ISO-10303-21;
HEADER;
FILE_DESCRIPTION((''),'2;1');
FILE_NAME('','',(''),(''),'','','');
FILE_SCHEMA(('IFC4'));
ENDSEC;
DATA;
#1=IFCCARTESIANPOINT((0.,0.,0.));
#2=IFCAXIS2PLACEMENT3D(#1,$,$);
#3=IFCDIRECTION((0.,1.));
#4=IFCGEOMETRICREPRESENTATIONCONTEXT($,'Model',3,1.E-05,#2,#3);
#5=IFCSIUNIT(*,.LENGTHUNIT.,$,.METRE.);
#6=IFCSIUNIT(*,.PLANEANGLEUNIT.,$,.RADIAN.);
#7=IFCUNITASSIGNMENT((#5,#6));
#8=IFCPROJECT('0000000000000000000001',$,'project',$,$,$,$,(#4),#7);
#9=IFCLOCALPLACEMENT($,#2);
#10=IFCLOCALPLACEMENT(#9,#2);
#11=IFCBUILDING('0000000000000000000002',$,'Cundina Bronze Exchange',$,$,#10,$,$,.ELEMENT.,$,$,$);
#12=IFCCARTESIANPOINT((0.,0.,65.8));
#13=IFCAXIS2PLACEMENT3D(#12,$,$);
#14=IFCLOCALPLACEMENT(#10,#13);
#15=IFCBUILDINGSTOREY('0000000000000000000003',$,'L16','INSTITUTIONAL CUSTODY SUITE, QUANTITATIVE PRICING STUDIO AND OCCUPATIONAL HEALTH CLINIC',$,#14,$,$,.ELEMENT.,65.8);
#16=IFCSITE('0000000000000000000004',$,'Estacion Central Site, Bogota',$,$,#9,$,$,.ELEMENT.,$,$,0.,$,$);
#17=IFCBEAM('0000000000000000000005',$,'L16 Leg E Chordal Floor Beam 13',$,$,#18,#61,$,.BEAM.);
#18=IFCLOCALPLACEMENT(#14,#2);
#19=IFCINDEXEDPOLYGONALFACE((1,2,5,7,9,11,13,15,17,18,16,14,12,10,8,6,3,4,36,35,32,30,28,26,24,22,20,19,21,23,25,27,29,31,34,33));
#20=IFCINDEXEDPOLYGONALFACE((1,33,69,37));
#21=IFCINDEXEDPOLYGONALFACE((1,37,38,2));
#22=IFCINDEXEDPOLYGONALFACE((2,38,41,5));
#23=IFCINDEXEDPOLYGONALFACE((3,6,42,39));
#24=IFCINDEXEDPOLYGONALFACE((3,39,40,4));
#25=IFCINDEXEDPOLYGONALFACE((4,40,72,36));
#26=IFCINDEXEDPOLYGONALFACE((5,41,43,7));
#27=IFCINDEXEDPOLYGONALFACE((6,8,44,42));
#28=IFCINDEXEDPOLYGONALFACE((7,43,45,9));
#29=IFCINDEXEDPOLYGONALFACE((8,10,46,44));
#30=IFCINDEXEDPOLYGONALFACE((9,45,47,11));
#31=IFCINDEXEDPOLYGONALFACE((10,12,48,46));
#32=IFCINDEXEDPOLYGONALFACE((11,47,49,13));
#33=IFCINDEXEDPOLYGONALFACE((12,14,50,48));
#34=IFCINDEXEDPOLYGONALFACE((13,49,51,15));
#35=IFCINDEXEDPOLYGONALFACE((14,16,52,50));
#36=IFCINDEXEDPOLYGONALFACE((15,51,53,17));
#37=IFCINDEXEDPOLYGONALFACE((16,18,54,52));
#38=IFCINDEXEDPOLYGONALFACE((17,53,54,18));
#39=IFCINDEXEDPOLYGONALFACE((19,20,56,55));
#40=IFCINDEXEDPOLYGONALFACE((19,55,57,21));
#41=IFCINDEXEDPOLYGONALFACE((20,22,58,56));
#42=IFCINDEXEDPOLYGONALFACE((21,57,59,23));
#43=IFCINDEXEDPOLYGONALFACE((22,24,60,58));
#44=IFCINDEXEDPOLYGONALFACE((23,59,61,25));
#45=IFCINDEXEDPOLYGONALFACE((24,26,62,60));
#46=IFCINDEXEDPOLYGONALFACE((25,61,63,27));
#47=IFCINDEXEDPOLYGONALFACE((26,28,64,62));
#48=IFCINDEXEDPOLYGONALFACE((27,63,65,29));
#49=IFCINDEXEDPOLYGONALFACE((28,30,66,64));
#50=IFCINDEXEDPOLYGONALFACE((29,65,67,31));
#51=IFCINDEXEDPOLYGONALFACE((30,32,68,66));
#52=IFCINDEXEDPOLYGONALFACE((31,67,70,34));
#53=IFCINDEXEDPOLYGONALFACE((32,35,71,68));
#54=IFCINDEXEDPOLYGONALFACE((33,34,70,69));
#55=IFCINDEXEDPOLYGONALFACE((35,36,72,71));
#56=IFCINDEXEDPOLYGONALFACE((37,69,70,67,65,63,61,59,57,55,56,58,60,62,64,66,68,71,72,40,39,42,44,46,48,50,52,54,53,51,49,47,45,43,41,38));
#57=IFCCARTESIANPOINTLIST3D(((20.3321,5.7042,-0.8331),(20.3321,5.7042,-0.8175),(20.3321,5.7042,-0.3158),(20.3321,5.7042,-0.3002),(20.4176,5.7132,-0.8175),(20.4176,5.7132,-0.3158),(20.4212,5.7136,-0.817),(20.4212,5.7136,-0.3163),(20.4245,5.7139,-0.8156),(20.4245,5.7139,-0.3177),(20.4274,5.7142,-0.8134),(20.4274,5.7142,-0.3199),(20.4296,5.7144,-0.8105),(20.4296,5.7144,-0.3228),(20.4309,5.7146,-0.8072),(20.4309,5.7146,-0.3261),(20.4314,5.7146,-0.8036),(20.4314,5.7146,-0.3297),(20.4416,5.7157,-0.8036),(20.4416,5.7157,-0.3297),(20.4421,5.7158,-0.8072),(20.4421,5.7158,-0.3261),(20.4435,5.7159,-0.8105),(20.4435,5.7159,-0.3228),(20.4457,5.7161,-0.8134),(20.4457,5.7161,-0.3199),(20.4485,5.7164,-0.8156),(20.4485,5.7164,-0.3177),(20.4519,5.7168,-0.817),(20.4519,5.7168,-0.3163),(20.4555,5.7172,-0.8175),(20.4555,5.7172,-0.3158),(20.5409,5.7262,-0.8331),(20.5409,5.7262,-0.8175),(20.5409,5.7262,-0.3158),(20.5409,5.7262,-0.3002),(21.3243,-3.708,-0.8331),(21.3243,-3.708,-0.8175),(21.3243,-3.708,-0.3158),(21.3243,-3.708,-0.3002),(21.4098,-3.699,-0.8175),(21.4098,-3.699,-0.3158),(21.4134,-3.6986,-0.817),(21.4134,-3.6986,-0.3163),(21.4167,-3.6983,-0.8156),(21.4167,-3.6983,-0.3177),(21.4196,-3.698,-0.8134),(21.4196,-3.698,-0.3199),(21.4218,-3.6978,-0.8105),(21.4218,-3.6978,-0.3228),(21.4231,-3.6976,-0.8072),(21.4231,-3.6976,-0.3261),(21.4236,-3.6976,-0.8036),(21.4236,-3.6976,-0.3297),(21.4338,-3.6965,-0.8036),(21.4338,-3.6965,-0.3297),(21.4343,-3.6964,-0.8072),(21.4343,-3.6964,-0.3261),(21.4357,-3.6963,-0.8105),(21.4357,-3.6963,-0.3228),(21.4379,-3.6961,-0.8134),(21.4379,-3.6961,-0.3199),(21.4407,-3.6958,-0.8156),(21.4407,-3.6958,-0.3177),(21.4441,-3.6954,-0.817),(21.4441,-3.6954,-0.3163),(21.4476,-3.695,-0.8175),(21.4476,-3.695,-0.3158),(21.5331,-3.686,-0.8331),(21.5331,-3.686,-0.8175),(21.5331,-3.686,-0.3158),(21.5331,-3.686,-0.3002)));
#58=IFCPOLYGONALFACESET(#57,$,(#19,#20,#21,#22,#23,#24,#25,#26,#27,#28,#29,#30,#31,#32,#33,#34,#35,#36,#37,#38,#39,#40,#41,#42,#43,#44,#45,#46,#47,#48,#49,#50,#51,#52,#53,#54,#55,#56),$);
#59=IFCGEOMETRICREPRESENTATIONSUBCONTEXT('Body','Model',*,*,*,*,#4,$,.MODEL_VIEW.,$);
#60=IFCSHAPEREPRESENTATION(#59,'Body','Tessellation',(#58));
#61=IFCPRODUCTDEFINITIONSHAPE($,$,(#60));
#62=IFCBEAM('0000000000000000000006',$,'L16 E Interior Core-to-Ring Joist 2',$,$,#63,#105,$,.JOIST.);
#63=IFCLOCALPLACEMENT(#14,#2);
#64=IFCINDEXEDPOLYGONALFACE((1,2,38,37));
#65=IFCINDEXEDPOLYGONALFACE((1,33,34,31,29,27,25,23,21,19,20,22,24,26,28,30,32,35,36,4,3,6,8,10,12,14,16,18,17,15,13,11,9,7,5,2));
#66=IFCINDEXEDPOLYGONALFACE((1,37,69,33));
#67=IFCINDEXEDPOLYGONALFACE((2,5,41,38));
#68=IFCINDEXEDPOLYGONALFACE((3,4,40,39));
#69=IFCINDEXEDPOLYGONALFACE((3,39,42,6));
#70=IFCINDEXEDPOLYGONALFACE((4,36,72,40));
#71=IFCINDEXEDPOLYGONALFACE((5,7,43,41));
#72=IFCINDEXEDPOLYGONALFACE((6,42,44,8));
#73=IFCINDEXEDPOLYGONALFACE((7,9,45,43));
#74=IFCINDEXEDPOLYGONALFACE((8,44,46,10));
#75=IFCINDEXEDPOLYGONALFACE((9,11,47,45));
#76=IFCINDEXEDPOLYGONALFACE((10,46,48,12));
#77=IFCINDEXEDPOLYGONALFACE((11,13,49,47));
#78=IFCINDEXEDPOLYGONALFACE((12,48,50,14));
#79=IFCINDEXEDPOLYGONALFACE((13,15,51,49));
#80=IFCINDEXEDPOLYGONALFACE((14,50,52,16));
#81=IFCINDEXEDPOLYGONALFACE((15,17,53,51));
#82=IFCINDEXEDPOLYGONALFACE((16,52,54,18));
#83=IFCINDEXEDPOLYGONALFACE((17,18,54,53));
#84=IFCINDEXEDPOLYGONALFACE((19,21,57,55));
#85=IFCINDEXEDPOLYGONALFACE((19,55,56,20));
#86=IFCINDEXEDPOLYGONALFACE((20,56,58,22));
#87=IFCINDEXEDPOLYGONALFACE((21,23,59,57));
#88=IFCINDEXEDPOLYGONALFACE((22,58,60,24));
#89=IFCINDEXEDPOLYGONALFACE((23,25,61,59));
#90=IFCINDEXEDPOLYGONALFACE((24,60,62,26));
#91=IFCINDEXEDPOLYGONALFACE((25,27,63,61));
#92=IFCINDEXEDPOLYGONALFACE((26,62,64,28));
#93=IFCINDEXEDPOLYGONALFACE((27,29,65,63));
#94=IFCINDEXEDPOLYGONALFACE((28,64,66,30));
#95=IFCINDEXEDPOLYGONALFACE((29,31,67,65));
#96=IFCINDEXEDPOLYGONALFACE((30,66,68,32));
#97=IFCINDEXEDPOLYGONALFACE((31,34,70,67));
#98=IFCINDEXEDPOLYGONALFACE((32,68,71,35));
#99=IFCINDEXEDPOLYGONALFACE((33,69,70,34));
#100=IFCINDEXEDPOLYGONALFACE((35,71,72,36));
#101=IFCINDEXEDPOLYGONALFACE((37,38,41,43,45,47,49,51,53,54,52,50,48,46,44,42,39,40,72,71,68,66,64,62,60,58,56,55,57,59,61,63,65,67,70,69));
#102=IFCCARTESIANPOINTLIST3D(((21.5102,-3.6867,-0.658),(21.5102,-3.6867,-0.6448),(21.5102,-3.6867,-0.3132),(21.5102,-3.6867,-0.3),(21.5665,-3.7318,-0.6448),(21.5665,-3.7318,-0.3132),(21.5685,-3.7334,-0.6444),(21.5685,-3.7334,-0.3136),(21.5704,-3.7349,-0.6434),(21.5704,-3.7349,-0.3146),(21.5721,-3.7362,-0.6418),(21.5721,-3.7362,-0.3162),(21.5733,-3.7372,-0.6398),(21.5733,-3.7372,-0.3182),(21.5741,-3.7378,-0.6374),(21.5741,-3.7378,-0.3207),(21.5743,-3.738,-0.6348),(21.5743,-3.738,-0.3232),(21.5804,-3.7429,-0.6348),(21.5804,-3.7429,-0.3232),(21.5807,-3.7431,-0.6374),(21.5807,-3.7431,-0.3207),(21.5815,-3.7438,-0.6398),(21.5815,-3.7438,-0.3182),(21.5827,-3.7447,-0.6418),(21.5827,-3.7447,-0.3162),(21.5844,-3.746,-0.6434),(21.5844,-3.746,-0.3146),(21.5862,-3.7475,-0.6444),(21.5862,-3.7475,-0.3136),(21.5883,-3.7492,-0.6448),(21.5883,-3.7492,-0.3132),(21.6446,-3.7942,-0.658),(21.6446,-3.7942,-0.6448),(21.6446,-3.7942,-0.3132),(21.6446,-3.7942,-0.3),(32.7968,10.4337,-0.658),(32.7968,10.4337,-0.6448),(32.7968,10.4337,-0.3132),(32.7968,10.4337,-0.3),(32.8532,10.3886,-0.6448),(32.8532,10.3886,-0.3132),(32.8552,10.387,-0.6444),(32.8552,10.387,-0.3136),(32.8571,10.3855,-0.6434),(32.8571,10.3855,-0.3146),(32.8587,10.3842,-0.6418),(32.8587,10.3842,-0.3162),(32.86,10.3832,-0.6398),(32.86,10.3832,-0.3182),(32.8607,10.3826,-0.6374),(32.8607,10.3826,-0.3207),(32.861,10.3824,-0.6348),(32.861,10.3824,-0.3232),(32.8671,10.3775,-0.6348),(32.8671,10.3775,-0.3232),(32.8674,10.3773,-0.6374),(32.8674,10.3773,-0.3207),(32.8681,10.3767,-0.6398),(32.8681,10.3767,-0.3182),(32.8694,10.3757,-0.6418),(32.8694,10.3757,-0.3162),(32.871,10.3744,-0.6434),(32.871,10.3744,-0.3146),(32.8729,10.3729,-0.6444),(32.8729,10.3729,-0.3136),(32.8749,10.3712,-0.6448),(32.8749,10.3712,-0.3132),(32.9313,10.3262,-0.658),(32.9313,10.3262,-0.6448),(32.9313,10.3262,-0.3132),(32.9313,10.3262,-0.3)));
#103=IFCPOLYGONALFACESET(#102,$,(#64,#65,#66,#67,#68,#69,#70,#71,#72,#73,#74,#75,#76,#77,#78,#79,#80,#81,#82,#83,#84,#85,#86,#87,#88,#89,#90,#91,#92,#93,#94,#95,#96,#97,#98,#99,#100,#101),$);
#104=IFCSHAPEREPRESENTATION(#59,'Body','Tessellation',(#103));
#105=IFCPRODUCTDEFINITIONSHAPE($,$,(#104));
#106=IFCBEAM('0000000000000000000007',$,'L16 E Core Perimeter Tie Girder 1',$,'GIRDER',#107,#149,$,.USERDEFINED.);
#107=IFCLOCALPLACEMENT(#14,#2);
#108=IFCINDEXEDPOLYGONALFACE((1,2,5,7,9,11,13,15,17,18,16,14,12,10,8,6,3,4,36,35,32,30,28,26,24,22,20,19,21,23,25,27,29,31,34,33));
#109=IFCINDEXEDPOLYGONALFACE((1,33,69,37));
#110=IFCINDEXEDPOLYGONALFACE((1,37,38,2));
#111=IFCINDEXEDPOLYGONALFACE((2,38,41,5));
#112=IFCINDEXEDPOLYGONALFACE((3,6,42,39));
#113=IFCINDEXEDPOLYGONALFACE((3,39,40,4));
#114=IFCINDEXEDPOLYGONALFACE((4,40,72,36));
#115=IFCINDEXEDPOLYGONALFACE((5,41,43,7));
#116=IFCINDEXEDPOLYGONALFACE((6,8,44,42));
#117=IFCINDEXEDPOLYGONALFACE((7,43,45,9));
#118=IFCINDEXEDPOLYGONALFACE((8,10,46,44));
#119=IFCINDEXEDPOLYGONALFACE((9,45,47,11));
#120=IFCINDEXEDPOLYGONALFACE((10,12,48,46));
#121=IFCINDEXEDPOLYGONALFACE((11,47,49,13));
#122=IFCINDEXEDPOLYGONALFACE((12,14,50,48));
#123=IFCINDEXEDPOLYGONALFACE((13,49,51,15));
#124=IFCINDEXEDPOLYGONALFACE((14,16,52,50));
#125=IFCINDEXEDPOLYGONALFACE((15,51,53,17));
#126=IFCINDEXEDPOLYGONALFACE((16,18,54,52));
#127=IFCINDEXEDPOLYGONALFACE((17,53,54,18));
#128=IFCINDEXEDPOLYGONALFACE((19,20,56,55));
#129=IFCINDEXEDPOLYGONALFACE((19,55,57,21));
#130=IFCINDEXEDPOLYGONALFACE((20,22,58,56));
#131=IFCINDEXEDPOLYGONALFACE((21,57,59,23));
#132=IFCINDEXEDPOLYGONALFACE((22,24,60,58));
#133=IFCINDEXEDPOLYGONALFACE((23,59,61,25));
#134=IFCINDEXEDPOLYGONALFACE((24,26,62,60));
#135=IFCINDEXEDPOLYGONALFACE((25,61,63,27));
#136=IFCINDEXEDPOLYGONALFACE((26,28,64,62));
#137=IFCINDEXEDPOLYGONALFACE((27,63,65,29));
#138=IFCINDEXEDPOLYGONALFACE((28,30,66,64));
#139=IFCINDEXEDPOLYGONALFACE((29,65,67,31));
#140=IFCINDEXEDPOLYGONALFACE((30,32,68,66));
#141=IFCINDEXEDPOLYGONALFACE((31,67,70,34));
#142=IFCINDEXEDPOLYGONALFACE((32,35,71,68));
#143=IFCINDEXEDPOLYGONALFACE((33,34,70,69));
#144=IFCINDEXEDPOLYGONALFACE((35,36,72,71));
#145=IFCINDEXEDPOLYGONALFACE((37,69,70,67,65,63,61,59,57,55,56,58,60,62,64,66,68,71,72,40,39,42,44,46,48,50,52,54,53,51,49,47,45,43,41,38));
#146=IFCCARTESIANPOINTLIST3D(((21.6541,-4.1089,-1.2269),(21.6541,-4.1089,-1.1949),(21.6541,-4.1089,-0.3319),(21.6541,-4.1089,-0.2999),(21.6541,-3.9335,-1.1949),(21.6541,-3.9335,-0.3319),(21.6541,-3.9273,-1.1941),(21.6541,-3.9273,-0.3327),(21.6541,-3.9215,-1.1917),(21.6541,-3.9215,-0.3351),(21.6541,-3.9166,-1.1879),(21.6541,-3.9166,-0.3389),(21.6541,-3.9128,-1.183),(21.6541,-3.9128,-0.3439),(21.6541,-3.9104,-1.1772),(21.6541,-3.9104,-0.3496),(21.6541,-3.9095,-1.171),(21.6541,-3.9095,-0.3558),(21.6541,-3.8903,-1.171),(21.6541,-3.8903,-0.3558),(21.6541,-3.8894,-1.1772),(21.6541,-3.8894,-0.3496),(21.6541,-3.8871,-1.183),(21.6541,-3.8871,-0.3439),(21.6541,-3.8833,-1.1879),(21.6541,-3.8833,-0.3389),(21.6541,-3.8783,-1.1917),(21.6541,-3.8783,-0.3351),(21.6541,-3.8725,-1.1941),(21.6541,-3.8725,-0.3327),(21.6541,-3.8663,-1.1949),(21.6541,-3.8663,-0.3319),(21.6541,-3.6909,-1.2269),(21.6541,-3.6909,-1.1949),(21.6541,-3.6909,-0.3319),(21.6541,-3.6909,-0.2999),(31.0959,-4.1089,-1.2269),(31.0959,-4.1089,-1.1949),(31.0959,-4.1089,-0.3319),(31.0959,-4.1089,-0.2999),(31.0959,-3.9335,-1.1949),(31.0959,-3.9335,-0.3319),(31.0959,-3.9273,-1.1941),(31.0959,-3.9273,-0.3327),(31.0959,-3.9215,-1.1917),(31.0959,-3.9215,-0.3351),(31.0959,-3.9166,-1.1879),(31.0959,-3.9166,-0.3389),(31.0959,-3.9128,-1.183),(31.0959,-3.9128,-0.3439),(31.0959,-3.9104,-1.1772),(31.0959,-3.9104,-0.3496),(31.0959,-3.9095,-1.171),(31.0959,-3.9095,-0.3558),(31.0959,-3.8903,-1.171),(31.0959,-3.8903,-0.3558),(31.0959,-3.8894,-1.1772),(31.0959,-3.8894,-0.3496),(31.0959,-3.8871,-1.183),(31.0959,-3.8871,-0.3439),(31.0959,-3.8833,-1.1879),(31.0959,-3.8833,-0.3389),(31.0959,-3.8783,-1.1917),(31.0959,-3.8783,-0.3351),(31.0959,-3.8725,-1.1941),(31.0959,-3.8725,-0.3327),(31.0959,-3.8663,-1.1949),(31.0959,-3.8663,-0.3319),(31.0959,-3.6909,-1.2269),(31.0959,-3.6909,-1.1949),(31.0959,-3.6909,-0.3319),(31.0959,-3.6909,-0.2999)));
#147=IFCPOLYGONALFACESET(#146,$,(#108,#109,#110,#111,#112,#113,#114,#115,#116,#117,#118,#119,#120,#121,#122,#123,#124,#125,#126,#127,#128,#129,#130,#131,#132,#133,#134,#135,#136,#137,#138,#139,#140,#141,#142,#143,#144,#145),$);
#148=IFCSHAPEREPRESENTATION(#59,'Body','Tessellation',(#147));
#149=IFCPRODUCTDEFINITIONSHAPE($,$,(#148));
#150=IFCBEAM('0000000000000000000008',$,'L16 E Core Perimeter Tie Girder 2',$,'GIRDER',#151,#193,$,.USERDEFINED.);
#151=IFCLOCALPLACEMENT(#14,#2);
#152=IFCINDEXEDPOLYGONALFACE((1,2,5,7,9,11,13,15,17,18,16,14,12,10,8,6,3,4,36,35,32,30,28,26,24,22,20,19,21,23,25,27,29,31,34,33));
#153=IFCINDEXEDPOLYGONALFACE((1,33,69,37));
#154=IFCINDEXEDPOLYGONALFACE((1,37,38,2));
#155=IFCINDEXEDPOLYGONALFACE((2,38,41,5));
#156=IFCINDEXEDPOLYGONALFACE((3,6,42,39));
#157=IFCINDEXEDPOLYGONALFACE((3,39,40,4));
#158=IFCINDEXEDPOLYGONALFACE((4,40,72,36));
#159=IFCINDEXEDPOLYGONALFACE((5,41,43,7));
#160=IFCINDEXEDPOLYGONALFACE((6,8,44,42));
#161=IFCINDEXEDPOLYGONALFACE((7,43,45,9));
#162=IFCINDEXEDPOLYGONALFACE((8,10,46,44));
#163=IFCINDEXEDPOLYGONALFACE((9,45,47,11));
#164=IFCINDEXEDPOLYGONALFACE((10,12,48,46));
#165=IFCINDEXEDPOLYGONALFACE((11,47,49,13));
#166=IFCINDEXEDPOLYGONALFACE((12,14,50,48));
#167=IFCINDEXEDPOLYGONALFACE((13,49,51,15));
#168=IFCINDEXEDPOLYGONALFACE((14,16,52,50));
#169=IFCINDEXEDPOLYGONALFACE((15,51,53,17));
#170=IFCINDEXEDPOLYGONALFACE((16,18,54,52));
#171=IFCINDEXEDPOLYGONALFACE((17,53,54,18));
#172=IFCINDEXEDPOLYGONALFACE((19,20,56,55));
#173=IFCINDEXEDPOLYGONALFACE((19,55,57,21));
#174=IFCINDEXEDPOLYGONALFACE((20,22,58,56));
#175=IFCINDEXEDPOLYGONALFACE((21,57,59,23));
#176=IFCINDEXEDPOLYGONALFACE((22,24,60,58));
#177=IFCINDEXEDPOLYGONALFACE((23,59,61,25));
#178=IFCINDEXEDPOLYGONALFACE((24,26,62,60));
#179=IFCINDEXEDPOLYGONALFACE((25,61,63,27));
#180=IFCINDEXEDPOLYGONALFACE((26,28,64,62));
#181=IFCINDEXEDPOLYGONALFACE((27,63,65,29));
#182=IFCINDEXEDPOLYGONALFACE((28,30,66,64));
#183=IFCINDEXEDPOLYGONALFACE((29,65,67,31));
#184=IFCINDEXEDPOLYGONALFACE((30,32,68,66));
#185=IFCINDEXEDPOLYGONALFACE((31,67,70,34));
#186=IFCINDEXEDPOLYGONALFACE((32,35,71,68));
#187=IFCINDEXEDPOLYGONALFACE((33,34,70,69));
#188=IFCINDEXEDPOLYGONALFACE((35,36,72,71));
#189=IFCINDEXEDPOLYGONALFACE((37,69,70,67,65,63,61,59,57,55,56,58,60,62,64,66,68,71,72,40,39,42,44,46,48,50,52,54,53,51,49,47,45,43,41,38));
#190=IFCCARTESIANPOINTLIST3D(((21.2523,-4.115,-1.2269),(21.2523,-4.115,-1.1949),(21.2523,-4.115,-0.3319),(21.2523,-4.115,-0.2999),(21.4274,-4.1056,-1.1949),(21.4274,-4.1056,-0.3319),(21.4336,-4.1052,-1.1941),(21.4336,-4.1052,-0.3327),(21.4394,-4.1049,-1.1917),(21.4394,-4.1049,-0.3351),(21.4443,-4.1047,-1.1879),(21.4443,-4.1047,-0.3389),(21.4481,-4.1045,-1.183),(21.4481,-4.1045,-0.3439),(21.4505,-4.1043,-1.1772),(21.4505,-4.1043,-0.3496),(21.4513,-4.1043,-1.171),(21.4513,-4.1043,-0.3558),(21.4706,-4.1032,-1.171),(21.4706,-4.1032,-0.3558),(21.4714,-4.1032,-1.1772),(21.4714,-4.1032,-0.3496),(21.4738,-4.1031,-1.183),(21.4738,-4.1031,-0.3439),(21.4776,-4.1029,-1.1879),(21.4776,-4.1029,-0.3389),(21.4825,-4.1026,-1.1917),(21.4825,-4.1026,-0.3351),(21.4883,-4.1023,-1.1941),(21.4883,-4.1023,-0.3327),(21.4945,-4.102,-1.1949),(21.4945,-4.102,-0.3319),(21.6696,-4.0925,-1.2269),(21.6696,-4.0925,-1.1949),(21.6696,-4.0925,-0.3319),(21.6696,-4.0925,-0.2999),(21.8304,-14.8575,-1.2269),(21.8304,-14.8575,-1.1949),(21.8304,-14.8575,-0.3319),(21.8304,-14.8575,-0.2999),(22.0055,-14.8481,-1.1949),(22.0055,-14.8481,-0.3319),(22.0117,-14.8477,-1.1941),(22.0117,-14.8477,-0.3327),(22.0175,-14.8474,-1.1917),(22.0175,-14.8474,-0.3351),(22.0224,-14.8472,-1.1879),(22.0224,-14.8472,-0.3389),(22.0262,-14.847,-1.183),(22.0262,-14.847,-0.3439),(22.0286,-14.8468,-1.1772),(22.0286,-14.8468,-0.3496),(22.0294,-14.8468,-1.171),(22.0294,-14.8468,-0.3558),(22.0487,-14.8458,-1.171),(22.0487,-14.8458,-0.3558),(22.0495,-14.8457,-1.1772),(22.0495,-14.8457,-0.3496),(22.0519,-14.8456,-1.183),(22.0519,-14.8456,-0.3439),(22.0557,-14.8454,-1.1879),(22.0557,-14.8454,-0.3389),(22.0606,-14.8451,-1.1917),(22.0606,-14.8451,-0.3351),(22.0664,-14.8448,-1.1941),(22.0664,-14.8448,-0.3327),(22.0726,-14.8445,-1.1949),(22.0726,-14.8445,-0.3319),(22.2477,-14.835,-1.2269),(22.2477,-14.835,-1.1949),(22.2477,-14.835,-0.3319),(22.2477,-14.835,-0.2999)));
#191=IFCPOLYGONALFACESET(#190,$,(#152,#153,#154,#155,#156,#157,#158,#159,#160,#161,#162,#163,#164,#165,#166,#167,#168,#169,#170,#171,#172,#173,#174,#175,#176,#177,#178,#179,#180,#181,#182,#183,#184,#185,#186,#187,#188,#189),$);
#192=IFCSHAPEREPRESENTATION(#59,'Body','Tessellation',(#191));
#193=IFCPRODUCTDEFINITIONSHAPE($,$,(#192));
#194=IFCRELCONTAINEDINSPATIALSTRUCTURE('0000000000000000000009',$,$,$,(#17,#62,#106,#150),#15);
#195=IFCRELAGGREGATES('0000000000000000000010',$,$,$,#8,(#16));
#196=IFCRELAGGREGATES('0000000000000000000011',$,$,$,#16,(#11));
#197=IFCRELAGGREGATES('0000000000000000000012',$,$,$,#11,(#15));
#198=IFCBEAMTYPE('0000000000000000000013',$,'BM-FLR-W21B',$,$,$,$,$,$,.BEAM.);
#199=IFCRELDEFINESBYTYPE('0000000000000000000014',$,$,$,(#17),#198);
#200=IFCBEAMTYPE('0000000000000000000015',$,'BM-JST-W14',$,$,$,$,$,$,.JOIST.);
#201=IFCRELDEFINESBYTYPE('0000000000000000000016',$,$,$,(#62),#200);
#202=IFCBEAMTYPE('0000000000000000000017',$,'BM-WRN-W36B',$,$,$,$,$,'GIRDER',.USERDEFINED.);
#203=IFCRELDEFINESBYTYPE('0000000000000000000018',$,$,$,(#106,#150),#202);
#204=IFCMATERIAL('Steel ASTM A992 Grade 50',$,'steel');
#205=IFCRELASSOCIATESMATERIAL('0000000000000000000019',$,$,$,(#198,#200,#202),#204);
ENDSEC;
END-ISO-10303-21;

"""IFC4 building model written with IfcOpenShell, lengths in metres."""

from ifc_helpers import new_model, si_unit, direction, frame, origin, origin_2d, place, context, subcontext, project, spatial, i_section, extrude, material, material_profile, profile_set, type_object, element, save


model = new_model("IFC4")

# Units and contexts
model_context = context("Model", 3, precision=1e-05, world=origin(), true_north=direction((0.0, 1.0)))
body_context = subcontext(model_context, "Body", "Model", "MODEL_VIEW")
ifc_project = project(units=[si_unit("LENGTHUNIT", "METRE"), si_unit("PLANEANGLEUNIT", "RADIAN")], contexts=[model_context])

# Site, building, storey
site_placement = place(None, origin())
site = spatial("IfcSite", under=ifc_project, at=site_placement, Name="Estacion Central Site, Bogota", CompositionType="ELEMENT", RefElevation=0.0)
building_placement = place(site_placement, origin())
building = spatial("IfcBuilding", under=site, at=building_placement, Name="Cundina Bronze Exchange", CompositionType="ELEMENT")
storey_placement = place(building_placement, frame((0.0, 0.0, 65.8)))
storey = spatial("IfcBuildingStorey", under=building, at=storey_placement, Name="L16", Description="INSTITUTIONAL CUSTODY SUITE, QUANTITATIVE PRICING STUDIO AND OCCUPATIONAL HEALTH CLINIC", CompositionType="ELEMENT", Elevation=65.8)

# Shared definitions
ifc_material_1 = material(Name="Steel ASTM A992 Grade 50", Category="steel")

# Beams
ifc_material_profile_1 = material_profile(ifc_material_1, i_section(OverallWidth=0.21, OverallDepth=0.533, WebThickness=0.0103, FlangeThickness=0.0156, FilletRadius=0.0139, at=origin_2d()), Name="W21X62", Category="steel")
ifc_profile_set_1 = profile_set([ifc_material_profile_1], Name="Steel ASTM A992 Grade 50")
beam_type_1 = type_object("IfcBeamType", Name="BM-FLR-W21B", PredefinedType="BEAM", material=ifc_profile_set_1)
beam_1_placement = place(storey_placement, frame((21.4287, -3.697, -0.5667), z_axis=(-0.104835, 0.99449, 0.0), x_axis=(-0.99449, -0.104835, 0.0)))
element("IfcBeam", 1, at=beam_1_placement, inside=storey, type_object=beam_type_1, Name="L16 Leg E Chordal Floor Beam 13", PredefinedType="BEAM", context=body_context, shape_type="SweptSolid", body=[
    extrude(i_section(OverallWidth=0.21, OverallDepth=0.533, WebThickness=0.0103, FlangeThickness=0.0156, FilletRadius=0.0139, at=origin_2d()), origin(), (0.0, 0.0, 1.0), 9.4644),
])
ifc_material_profile_2 = material_profile(ifc_material_1, i_section(OverallWidth=0.1721, OverallDepth=0.3579, WebThickness=0.0078, FlangeThickness=0.0132, FilletRadius=0.01, at=origin_2d()), Name="W14X38", Category="steel")
ifc_profile_set_2 = profile_set([ifc_material_profile_2], Name="Steel ASTM A992 Grade 50")
beam_type_2 = type_object("IfcBeamType", Name="BM-JST-W14", PredefinedType="JOIST", material=ifc_profile_set_2)
beam_2_placement = place(storey_placement, frame((21.5774, -3.7405, -0.479), z_axis=(0.624369, 0.78113, 0.0), x_axis=(-0.78113, 0.624369, 0.0)))
element("IfcBeam", 2, at=beam_2_placement, inside=storey, type_object=beam_type_2, Name="L16 E Interior Core-to-Ring Joist 2", PredefinedType="JOIST", context=body_context, shape_type="SweptSolid", body=[
    extrude(i_section(OverallWidth=0.1721, OverallDepth=0.3579, WebThickness=0.0078, FlangeThickness=0.0132, FilletRadius=0.01, at=origin_2d()), origin(), (0.0, 0.0, 1.0), 18.0769),
])
ifc_material_profile_3 = material_profile(ifc_material_1, i_section(OverallWidth=0.418, OverallDepth=0.927, WebThickness=0.0193, FlangeThickness=0.032, FilletRadius=0.0239, at=origin_2d()), Name="W36X231", Category="steel")
ifc_profile_set_3 = profile_set([ifc_material_profile_3], Name="Steel ASTM A992 Grade 50")
beam_type_3 = type_object("IfcBeamType", Name="BM-WRN-W36B", ElementType="GIRDER", PredefinedType="USERDEFINED", material=ifc_profile_set_3)
beam_3_placement = place(storey_placement, frame((31.0959, -3.8999, -0.7634), z_axis=(-1.0, 0.0, 0.0), x_axis=(0.0, -1.0, 0.0)))
element("IfcBeam", 3, at=beam_3_placement, inside=storey, type_object=beam_type_3, Name="L16 E Core Perimeter Tie Girder 1", ObjectType="GIRDER", PredefinedType="USERDEFINED", context=body_context, shape_type="SweptSolid", body=[
    extrude(i_section(OverallWidth=0.418, OverallDepth=0.927, WebThickness=0.0193, FlangeThickness=0.032, FilletRadius=0.0239, at=origin_2d()), origin(), (0.0, 0.0, 1.0), 9.4419),
])
beam_4_placement = place(storey_placement, frame((21.4609, -4.1038, -0.7634), z_axis=(0.053739, -0.998555, 0.0), x_axis=(0.998555, 0.053739, 0.0)))
element("IfcBeam", 4, at=beam_4_placement, inside=storey, type_object=beam_type_3, Name="L16 E Core Perimeter Tie Girder 2", ObjectType="GIRDER", PredefinedType="USERDEFINED", context=body_context, shape_type="SweptSolid", body=[
    extrude(i_section(OverallWidth=0.418, OverallDepth=0.927, WebThickness=0.0193, FlangeThickness=0.032, FilletRadius=0.0239, at=origin_2d()), origin(), (0.0, 0.0, 1.0), 10.7581),
])

save(model, "model.ifc")
